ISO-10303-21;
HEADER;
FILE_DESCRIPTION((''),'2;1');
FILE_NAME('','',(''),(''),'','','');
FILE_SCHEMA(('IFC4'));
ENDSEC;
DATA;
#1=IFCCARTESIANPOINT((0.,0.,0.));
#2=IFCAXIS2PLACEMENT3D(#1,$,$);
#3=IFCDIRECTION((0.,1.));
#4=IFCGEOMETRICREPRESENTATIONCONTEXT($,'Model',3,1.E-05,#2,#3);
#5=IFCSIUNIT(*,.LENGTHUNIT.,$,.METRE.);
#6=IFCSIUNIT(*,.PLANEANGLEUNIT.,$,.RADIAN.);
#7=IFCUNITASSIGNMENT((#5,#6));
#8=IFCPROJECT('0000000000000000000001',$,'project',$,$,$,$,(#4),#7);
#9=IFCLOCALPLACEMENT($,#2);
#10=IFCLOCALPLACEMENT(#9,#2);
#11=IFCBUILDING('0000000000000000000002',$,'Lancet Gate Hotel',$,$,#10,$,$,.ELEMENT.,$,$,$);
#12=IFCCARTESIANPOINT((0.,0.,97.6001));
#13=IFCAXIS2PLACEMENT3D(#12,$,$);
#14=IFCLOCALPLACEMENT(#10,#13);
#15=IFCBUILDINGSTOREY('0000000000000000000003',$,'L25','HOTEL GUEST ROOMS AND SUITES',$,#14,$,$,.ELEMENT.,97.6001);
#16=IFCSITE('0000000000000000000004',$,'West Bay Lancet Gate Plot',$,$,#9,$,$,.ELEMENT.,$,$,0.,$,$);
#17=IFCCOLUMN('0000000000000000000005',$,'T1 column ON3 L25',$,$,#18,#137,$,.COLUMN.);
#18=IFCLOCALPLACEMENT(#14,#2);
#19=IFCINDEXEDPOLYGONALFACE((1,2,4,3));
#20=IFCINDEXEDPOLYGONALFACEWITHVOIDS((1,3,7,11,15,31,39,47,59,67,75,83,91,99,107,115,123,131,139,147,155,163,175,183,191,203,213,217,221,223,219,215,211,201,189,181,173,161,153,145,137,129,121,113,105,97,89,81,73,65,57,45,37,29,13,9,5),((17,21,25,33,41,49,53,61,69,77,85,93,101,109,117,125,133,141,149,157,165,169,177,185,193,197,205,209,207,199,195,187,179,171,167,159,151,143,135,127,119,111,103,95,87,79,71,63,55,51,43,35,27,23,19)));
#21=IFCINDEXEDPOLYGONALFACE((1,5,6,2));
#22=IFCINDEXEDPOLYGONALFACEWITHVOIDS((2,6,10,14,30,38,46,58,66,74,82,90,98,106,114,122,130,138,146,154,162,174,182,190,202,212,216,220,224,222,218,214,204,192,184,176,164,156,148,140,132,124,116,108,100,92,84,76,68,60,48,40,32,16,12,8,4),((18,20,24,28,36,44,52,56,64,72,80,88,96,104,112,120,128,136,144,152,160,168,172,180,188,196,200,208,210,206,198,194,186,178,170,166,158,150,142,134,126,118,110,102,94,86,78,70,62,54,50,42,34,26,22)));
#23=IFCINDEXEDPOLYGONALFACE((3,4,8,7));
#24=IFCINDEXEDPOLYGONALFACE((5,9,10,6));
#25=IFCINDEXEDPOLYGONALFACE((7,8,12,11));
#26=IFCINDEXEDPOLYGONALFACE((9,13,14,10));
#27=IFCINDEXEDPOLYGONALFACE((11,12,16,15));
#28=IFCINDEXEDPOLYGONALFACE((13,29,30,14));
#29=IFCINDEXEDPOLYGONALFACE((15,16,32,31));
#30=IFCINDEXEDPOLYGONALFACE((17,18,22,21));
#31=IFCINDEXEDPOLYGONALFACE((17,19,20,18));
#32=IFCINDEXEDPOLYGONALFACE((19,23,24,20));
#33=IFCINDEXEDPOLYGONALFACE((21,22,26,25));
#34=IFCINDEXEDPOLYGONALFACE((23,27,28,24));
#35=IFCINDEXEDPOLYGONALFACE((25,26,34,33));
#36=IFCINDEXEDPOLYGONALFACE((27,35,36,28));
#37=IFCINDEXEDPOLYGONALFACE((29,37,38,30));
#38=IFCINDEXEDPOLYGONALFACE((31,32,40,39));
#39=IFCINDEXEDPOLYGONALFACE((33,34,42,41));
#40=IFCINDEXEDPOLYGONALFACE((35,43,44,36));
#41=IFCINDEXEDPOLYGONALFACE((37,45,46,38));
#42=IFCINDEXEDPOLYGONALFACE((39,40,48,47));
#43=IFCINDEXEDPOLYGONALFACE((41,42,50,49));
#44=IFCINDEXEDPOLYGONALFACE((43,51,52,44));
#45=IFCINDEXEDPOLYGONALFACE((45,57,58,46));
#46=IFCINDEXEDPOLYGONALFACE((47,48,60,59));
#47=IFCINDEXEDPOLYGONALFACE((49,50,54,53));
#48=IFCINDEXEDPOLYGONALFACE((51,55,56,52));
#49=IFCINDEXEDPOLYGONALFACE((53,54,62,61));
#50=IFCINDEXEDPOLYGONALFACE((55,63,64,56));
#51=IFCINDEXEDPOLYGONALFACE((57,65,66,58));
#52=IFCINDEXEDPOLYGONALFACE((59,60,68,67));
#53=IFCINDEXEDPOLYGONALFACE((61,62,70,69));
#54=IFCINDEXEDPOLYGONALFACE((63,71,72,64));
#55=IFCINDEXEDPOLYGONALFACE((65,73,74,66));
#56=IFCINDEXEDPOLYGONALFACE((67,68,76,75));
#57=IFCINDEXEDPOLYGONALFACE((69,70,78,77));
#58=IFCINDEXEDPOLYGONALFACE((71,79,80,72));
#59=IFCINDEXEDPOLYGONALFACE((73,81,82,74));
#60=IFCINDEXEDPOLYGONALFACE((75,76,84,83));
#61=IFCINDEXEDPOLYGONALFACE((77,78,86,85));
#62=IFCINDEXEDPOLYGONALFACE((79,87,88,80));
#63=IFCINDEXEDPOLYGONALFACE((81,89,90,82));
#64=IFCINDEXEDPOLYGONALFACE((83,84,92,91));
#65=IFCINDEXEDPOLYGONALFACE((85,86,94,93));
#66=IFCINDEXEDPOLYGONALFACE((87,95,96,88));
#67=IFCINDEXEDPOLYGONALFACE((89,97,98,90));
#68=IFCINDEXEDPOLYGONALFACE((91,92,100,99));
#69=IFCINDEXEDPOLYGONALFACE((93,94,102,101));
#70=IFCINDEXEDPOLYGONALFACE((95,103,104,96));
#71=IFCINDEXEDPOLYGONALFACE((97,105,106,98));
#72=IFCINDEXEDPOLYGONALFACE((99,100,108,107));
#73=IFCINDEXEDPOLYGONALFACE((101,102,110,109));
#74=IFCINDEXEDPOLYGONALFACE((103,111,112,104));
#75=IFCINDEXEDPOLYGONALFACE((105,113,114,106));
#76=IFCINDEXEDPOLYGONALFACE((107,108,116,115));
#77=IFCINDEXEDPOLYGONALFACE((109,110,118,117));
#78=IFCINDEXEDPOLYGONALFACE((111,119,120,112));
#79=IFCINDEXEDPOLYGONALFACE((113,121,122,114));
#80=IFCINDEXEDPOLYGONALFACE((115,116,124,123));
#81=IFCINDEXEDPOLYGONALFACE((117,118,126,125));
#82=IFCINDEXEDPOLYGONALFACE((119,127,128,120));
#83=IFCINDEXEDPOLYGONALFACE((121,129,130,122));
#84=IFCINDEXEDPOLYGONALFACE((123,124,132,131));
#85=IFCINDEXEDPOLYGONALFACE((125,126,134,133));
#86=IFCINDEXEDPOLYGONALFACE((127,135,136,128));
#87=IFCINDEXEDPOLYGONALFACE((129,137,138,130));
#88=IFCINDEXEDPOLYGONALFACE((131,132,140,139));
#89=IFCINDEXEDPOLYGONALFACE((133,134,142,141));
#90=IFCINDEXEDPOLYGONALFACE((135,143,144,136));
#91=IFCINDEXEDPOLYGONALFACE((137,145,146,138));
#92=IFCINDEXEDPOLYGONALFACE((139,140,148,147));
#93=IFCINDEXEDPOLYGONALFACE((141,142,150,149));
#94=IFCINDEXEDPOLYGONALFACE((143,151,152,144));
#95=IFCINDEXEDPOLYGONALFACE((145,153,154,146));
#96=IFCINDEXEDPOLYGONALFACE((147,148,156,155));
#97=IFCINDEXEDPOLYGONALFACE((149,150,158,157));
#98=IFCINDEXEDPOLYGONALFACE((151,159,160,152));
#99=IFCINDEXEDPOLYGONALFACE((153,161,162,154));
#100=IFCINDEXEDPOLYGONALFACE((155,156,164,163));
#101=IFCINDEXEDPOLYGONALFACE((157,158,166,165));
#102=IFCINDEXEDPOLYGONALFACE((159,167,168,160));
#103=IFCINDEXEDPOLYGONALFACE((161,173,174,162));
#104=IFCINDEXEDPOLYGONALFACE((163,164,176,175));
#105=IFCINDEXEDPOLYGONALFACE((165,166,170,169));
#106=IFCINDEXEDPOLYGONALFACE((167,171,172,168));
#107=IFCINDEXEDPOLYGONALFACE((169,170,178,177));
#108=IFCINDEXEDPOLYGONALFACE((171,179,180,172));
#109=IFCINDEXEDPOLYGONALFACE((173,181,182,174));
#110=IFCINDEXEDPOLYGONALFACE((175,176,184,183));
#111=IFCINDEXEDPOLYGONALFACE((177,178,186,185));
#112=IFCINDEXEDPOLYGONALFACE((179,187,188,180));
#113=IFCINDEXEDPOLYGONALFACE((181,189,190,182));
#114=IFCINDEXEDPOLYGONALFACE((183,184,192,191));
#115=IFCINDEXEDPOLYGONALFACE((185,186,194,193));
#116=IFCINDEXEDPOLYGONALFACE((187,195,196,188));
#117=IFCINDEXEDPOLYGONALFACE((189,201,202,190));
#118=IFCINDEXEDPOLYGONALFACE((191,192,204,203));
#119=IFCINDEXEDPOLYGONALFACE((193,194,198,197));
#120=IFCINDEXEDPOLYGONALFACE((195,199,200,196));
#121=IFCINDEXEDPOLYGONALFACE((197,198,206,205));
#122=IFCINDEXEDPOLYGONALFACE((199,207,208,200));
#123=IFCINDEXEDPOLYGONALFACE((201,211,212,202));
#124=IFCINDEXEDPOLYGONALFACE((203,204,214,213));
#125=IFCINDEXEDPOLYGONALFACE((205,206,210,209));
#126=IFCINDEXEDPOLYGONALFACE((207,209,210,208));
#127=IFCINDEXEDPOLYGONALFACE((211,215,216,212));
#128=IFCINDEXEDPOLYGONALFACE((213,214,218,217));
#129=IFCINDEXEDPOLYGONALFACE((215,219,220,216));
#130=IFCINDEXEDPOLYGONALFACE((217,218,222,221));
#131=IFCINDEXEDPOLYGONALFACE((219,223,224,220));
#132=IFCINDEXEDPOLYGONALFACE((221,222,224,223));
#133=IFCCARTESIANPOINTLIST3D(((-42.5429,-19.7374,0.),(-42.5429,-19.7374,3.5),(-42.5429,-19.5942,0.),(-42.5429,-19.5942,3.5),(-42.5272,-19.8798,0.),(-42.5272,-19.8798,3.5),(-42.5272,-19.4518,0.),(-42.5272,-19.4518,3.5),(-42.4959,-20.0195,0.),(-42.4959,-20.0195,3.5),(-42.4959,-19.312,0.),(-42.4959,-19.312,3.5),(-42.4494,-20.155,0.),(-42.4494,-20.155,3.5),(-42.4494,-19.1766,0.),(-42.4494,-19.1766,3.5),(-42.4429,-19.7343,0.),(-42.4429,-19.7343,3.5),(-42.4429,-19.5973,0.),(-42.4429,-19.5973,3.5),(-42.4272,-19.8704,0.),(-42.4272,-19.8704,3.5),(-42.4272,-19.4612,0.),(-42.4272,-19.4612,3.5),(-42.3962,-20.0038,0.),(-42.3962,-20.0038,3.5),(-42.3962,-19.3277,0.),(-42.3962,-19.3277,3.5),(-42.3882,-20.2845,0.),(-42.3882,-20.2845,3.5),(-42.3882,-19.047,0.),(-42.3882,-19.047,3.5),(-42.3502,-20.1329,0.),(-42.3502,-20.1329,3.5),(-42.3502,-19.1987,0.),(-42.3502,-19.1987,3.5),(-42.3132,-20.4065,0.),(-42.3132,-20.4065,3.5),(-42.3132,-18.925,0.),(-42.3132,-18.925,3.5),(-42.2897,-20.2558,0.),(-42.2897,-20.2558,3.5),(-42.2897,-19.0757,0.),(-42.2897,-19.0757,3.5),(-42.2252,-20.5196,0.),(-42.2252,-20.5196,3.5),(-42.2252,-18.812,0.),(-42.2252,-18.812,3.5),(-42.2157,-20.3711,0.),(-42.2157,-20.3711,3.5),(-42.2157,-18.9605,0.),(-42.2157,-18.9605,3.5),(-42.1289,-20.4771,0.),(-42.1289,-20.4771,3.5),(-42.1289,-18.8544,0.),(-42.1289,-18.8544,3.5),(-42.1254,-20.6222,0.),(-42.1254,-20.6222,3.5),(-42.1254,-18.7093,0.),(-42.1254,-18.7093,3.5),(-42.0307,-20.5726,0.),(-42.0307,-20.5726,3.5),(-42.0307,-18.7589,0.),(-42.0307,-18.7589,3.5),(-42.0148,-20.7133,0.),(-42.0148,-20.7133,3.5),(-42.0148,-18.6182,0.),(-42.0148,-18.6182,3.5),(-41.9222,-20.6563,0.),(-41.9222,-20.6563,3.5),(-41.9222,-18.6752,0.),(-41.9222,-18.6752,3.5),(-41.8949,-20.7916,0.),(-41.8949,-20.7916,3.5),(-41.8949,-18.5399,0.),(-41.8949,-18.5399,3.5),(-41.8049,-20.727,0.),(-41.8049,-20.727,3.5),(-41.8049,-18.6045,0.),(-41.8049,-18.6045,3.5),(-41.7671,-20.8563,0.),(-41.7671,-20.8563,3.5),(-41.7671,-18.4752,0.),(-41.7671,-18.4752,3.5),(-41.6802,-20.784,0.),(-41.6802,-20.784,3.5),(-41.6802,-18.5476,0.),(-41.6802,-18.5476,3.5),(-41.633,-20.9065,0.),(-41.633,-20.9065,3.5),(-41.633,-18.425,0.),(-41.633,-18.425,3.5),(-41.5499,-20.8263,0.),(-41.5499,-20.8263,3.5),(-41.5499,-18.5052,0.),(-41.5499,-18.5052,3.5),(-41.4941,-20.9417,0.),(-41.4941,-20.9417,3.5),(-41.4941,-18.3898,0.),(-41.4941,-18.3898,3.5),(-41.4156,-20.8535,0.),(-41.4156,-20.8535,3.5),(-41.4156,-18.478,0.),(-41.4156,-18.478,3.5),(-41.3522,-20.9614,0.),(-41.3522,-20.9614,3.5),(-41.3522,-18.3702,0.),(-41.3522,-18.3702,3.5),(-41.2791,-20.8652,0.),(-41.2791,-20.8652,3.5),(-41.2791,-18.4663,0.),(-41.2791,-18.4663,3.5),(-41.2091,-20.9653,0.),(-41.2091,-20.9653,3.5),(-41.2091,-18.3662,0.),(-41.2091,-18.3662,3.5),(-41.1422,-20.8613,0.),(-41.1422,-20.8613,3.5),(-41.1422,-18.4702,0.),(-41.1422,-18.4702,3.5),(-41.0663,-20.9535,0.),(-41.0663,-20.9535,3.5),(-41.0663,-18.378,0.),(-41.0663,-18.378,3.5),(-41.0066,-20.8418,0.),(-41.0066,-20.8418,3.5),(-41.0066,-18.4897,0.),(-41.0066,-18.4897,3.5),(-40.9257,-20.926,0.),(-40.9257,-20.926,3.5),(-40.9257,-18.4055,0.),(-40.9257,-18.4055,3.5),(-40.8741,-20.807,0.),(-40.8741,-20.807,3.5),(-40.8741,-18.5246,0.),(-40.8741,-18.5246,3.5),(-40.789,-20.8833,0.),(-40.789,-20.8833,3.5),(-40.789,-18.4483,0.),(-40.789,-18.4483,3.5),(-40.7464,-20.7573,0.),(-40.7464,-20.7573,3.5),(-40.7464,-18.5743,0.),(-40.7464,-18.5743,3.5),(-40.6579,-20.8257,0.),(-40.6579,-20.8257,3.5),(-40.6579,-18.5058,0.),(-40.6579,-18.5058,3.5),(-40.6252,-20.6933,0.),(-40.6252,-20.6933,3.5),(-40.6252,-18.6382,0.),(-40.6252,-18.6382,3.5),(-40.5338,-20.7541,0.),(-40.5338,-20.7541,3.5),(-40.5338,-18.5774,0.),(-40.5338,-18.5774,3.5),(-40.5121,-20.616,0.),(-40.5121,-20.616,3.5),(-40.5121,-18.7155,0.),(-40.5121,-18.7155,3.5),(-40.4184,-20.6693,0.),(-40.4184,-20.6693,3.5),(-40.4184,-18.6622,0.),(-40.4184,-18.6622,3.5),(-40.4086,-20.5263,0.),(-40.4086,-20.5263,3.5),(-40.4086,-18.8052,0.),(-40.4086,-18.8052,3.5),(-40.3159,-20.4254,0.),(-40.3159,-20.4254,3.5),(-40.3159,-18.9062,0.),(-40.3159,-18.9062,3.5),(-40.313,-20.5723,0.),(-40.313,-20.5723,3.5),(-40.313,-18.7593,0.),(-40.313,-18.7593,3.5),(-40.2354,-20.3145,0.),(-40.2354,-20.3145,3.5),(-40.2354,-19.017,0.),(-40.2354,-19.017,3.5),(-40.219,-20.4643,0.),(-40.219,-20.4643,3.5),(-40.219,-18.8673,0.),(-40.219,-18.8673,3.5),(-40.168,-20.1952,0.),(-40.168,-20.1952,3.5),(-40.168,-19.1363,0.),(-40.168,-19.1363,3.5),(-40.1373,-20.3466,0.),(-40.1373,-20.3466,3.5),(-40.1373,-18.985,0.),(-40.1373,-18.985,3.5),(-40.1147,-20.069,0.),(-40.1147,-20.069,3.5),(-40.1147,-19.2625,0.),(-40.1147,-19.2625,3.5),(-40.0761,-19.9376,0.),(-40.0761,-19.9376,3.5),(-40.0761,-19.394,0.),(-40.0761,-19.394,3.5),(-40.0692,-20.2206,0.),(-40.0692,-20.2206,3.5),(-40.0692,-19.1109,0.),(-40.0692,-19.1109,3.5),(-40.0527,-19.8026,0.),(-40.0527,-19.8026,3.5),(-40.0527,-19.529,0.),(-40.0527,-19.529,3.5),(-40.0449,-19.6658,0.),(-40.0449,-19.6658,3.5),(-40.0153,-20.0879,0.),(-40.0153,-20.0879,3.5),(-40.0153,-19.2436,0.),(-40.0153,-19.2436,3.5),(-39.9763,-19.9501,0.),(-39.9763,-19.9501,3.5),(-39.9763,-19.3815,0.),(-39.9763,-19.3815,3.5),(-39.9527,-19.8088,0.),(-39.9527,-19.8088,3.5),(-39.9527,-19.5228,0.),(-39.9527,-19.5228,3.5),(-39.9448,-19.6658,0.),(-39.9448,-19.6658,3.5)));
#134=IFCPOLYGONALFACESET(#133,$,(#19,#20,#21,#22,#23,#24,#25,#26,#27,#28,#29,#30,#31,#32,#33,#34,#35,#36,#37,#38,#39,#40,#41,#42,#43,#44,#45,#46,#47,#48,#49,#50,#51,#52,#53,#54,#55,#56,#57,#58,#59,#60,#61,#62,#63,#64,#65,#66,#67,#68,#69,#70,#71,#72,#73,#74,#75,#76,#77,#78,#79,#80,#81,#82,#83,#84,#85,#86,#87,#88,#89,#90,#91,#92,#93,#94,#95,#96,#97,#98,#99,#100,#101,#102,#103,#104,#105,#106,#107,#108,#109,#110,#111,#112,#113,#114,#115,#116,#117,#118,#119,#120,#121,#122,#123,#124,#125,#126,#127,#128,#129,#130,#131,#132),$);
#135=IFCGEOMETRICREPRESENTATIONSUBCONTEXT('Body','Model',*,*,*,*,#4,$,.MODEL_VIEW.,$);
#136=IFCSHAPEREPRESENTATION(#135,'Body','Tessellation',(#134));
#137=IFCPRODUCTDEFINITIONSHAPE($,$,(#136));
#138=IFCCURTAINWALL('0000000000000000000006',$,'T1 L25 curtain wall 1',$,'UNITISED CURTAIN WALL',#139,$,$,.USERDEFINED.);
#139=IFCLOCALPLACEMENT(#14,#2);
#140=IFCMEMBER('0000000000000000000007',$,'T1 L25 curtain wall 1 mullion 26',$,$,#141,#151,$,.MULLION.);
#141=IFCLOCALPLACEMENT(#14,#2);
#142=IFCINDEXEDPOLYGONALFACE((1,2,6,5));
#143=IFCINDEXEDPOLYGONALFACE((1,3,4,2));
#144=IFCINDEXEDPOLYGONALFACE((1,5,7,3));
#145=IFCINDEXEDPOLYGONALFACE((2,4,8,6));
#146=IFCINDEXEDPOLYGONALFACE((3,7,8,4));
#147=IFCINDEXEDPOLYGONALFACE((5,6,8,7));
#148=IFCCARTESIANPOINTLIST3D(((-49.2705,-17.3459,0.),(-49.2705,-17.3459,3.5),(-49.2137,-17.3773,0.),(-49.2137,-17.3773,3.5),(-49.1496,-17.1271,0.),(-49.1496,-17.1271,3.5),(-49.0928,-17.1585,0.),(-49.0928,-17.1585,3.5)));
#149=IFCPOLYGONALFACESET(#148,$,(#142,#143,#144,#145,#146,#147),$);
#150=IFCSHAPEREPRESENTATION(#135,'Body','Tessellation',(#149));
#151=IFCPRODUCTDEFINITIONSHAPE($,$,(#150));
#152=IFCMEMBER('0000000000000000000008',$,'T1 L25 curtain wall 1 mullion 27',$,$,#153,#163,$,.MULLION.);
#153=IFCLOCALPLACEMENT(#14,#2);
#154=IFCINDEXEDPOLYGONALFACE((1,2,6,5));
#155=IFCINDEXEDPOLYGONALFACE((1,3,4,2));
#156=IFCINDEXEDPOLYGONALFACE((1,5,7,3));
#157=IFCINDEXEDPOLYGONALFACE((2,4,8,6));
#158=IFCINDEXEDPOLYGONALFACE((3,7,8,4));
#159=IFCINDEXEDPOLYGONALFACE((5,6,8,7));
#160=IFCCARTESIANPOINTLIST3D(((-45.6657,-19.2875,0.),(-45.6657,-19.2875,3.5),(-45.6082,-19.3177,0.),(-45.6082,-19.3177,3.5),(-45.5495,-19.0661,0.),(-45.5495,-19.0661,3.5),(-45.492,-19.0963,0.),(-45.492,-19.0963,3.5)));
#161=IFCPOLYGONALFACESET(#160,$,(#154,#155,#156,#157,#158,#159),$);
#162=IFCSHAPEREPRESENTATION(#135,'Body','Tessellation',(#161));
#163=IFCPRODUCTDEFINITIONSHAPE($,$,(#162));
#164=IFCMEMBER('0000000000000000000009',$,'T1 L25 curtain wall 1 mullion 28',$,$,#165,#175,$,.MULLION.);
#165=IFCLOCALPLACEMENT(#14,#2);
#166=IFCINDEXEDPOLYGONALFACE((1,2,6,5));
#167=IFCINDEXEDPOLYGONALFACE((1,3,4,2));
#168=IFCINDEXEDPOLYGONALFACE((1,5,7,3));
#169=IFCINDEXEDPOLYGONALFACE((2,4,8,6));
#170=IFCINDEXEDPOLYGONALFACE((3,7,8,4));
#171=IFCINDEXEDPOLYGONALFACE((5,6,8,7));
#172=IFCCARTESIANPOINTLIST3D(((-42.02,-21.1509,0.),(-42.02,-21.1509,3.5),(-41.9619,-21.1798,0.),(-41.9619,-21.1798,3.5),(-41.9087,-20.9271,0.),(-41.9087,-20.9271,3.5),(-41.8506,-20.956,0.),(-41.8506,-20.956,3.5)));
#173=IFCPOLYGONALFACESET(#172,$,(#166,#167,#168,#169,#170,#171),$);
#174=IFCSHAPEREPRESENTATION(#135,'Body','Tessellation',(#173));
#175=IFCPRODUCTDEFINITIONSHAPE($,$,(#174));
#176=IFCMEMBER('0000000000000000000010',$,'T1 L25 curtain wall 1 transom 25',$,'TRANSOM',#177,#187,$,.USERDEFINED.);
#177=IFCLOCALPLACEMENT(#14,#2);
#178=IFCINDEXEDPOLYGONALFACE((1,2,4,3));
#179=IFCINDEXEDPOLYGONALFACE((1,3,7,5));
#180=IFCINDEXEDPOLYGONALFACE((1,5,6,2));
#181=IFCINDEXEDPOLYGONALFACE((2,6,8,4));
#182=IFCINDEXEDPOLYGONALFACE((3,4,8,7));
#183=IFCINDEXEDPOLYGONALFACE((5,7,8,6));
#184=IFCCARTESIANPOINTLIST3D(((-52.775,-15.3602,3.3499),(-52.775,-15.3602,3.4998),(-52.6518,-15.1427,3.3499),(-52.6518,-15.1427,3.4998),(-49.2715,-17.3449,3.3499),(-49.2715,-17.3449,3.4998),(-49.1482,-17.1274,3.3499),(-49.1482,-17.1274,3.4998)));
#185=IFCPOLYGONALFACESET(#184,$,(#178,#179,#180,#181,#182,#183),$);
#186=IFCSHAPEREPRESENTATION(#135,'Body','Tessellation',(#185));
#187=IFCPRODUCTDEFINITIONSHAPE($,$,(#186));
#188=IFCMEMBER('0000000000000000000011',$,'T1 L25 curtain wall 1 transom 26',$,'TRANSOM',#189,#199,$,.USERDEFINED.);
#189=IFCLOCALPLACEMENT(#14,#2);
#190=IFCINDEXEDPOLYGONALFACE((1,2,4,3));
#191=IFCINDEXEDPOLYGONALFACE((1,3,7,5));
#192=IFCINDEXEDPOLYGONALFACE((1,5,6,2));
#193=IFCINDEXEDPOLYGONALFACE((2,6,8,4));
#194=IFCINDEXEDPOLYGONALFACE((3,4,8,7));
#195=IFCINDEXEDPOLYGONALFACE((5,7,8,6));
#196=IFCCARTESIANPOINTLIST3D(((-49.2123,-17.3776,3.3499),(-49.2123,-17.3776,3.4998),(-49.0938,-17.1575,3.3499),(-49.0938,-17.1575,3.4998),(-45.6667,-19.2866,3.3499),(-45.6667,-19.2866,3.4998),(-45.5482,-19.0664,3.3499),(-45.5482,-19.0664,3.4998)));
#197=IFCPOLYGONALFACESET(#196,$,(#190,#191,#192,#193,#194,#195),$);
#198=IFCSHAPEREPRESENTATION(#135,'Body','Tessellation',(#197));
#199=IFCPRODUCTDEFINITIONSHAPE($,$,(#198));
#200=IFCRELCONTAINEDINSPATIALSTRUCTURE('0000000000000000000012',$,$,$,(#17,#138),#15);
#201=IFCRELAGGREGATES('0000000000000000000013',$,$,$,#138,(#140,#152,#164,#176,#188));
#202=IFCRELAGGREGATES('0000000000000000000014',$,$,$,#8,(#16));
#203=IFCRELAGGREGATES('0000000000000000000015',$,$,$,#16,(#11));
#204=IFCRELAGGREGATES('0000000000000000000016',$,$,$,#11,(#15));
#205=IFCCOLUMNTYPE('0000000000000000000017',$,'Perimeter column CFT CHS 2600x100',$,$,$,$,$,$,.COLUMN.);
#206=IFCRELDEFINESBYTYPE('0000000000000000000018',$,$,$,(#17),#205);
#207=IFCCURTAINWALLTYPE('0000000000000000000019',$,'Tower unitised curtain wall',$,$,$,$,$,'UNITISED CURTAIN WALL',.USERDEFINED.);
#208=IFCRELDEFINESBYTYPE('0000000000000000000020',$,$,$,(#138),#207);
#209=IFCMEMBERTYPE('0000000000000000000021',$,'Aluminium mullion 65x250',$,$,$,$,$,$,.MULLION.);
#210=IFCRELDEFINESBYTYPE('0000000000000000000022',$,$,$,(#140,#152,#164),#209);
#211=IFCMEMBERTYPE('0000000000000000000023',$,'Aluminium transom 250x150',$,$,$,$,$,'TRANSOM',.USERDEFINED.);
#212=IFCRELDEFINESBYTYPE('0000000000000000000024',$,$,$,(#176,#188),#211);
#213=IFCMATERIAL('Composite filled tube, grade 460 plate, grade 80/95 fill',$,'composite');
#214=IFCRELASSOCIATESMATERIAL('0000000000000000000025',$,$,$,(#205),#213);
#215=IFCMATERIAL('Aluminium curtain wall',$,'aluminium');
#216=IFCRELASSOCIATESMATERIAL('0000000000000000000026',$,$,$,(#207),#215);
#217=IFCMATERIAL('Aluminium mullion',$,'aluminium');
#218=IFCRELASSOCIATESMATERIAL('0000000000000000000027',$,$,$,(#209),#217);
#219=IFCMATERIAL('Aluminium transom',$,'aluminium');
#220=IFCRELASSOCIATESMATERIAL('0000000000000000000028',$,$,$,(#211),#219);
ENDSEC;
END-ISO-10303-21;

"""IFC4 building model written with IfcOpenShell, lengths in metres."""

from ifc_helpers import new_model, si_unit, direction, frame, origin, origin_2d, place, context, subcontext, project, spatial, rectangle, hollow_circle, extrude, material, material_profile, profile_set, type_object, element, aggregate, save


model = new_model("IFC4")

# Units and contexts
model_context = context("Model", 3, precision=1e-05, world=origin(), true_north=direction((0.0, 1.0)))
body_context = subcontext(model_context, "Body", "Model", "MODEL_VIEW")
ifc_project = project(units=[si_unit("LENGTHUNIT", "METRE"), si_unit("PLANEANGLEUNIT", "RADIAN")], contexts=[model_context])

# Site, building, storey
site_placement = place(None, origin())
site = spatial("IfcSite", under=ifc_project, at=site_placement, Name="West Bay Lancet Gate Plot", CompositionType="ELEMENT", RefElevation=0.0)
building_placement = place(site_placement, origin())
building = spatial("IfcBuilding", under=site, at=building_placement, Name="Lancet Gate Hotel", CompositionType="ELEMENT")
storey_placement = place(building_placement, frame((0.0, 0.0, 97.6001)))
storey = spatial("IfcBuildingStorey", under=building, at=storey_placement, Name="L25", Description="HOTEL GUEST ROOMS AND SUITES", CompositionType="ELEMENT", Elevation=97.6001)

# Column
ifc_material_1 = material(Name="Composite filled tube, grade 460 plate, grade 80/95 fill", Category="composite")
ifc_material_profile_1 = material_profile(ifc_material_1, hollow_circle(Radius=1.3, WallThickness=0.1001, at=origin_2d()), Name="CHS 2600x100")
ifc_profile_set_1 = profile_set([ifc_material_profile_1], Name="Composite filled tube, grade 460 plate, grade 80/95 fill")
column_type = type_object("IfcColumnType", Name="Perimeter column CFT CHS 2600x100", PredefinedType="COLUMN", material=ifc_profile_set_1)
for number, where, z_axis, x_axis, name in (
    (1, (-41.2449, -19.6658, 0.0), (0.0, 0.0, 1.0), (1.0, 0.0, 0.0), "T1 column ON3 L25"),
):
    element("IfcColumn", number, at=place(storey_placement, frame(where, z_axis=z_axis, x_axis=x_axis)), inside=storey, type_object=column_type, Name=name, PredefinedType="COLUMN", context=body_context, shape_type="SweptSolid", body=[
        extrude(hollow_circle(Radius=1.3, WallThickness=0.1001, at=origin_2d()), origin(), (0.0, 0.0, 1.0), 3.5),
    ])

# Curtain wall, members
ifc_material_2 = material(Name="Aluminium curtain wall", Category="aluminium")
curtain_wall_type = type_object("IfcCurtainWallType", Name="Tower unitised curtain wall", ElementType="UNITISED CURTAIN WALL", PredefinedType="USERDEFINED", material=ifc_material_2)
curtain_wall_placement = place(storey_placement, origin())
curtain_wall = element("IfcCurtainWall", 2, at=curtain_wall_placement, inside=storey, type_object=curtain_wall_type, Name="T1 L25 curtain wall 1", ObjectType="UNITISED CURTAIN WALL", PredefinedType="USERDEFINED")
ifc_material_3 = material(Name="Aluminium mullion", Category="aluminium")
ifc_material_profile_2 = material_profile(ifc_material_3, rectangle(XDim=0.0649, YDim=0.25, at=origin_2d()), Name="MULLION 65x250")
ifc_profile_set_2 = profile_set([ifc_material_profile_2], Name="Aluminium mullion")
member_type_1 = type_object("IfcMemberType", Name="Aluminium mullion 65x250", PredefinedType="MULLION", material=ifc_profile_set_2)
member_1_placement = place(storey_placement, frame((-49.1816, -17.2522, 0.0), z_axis=(0.0, 0.0, 1.0), x_axis=(0.875339, -0.48351, 0.0)))
member_1 = element("IfcMember", 3, at=member_1_placement, type_object=member_type_1, Name="T1 L25 curtain wall 1 mullion 26", PredefinedType="MULLION", context=body_context, shape_type="SweptSolid", body=[
    extrude(rectangle(XDim=0.0649, YDim=0.25, at=origin_2d()), origin(), (0.0, 0.0, 1.0), 3.5),
])
member_2_placement = place(storey_placement, frame((-45.5789, -19.1919, 0.0), z_axis=(0.0, 0.0, 1.0), x_axis=(0.885544, -0.464555, 0.0)))
member_2 = element("IfcMember", 4, at=member_2_placement, type_object=member_type_1, Name="T1 L25 curtain wall 1 mullion 27", PredefinedType="MULLION", context=body_context, shape_type="SweptSolid", body=[
    extrude(rectangle(XDim=0.0649, YDim=0.25, at=origin_2d()), origin(), (0.0, 0.0, 1.0), 3.5),
])
member_3_placement = place(storey_placement, frame((-41.9353, -21.0535, 0.0), z_axis=(0.0, 0.0, 1.0), x_axis=(0.895339, -0.445384, 0.0)))
member_3 = element("IfcMember", 5, at=member_3_placement, type_object=member_type_1, Name="T1 L25 curtain wall 1 mullion 28", PredefinedType="MULLION", context=body_context, shape_type="SweptSolid", body=[
    extrude(rectangle(XDim=0.0649, YDim=0.25, at=origin_2d()), origin(), (0.0, 0.0, 1.0), 3.5),
])
ifc_material_4 = material(Name="Aluminium transom", Category="aluminium")
ifc_material_profile_3 = material_profile(ifc_material_4, rectangle(XDim=0.25, YDim=0.1499, at=origin_2d()), Name="TRANSOM 250x150")
ifc_profile_set_3 = profile_set([ifc_material_profile_3], Name="Aluminium transom")
member_type_2 = type_object("IfcMemberType", Name="Aluminium transom 250x150", ElementType="TRANSOM", PredefinedType="USERDEFINED", material=ifc_profile_set_3)
member_4_placement = place(storey_placement, frame((-52.7134, -15.2515, 3.4248), z_axis=(0.870092, -0.49289, 0.0), x_axis=(0.49289, 0.870092, 0.0)))
member_4 = element("IfcMember", 6, at=member_4_placement, type_object=member_type_2, Name="T1 L25 curtain wall 1 transom 25", ObjectType="TRANSOM", PredefinedType="USERDEFINED", context=body_context, shape_type="SweptSolid", body=[
    extrude(rectangle(XDim=0.25, YDim=0.1499, at=origin_2d()), origin(), (0.0, 0.0, 1.0), 4.0266),
])
member_5_placement = place(storey_placement, frame((-49.1531, -17.2676, 3.4248), z_axis=(0.880498, -0.474049, 0.0), x_axis=(0.474049, 0.880498, 0.0)))
member_5 = element("IfcMember", 7, at=member_5_placement, type_object=member_type_2, Name="T1 L25 curtain wall 1 transom 26", ObjectType="TRANSOM", PredefinedType="USERDEFINED", context=body_context, shape_type="SweptSolid", body=[
    extrude(rectangle(XDim=0.25, YDim=0.1499, at=origin_2d()), origin(), (0.0, 0.0, 1.0), 4.0269),
])

aggregate(curtain_wall, [member_1, member_2, member_3, member_4, member_5])

save(model, "model.ifc")
